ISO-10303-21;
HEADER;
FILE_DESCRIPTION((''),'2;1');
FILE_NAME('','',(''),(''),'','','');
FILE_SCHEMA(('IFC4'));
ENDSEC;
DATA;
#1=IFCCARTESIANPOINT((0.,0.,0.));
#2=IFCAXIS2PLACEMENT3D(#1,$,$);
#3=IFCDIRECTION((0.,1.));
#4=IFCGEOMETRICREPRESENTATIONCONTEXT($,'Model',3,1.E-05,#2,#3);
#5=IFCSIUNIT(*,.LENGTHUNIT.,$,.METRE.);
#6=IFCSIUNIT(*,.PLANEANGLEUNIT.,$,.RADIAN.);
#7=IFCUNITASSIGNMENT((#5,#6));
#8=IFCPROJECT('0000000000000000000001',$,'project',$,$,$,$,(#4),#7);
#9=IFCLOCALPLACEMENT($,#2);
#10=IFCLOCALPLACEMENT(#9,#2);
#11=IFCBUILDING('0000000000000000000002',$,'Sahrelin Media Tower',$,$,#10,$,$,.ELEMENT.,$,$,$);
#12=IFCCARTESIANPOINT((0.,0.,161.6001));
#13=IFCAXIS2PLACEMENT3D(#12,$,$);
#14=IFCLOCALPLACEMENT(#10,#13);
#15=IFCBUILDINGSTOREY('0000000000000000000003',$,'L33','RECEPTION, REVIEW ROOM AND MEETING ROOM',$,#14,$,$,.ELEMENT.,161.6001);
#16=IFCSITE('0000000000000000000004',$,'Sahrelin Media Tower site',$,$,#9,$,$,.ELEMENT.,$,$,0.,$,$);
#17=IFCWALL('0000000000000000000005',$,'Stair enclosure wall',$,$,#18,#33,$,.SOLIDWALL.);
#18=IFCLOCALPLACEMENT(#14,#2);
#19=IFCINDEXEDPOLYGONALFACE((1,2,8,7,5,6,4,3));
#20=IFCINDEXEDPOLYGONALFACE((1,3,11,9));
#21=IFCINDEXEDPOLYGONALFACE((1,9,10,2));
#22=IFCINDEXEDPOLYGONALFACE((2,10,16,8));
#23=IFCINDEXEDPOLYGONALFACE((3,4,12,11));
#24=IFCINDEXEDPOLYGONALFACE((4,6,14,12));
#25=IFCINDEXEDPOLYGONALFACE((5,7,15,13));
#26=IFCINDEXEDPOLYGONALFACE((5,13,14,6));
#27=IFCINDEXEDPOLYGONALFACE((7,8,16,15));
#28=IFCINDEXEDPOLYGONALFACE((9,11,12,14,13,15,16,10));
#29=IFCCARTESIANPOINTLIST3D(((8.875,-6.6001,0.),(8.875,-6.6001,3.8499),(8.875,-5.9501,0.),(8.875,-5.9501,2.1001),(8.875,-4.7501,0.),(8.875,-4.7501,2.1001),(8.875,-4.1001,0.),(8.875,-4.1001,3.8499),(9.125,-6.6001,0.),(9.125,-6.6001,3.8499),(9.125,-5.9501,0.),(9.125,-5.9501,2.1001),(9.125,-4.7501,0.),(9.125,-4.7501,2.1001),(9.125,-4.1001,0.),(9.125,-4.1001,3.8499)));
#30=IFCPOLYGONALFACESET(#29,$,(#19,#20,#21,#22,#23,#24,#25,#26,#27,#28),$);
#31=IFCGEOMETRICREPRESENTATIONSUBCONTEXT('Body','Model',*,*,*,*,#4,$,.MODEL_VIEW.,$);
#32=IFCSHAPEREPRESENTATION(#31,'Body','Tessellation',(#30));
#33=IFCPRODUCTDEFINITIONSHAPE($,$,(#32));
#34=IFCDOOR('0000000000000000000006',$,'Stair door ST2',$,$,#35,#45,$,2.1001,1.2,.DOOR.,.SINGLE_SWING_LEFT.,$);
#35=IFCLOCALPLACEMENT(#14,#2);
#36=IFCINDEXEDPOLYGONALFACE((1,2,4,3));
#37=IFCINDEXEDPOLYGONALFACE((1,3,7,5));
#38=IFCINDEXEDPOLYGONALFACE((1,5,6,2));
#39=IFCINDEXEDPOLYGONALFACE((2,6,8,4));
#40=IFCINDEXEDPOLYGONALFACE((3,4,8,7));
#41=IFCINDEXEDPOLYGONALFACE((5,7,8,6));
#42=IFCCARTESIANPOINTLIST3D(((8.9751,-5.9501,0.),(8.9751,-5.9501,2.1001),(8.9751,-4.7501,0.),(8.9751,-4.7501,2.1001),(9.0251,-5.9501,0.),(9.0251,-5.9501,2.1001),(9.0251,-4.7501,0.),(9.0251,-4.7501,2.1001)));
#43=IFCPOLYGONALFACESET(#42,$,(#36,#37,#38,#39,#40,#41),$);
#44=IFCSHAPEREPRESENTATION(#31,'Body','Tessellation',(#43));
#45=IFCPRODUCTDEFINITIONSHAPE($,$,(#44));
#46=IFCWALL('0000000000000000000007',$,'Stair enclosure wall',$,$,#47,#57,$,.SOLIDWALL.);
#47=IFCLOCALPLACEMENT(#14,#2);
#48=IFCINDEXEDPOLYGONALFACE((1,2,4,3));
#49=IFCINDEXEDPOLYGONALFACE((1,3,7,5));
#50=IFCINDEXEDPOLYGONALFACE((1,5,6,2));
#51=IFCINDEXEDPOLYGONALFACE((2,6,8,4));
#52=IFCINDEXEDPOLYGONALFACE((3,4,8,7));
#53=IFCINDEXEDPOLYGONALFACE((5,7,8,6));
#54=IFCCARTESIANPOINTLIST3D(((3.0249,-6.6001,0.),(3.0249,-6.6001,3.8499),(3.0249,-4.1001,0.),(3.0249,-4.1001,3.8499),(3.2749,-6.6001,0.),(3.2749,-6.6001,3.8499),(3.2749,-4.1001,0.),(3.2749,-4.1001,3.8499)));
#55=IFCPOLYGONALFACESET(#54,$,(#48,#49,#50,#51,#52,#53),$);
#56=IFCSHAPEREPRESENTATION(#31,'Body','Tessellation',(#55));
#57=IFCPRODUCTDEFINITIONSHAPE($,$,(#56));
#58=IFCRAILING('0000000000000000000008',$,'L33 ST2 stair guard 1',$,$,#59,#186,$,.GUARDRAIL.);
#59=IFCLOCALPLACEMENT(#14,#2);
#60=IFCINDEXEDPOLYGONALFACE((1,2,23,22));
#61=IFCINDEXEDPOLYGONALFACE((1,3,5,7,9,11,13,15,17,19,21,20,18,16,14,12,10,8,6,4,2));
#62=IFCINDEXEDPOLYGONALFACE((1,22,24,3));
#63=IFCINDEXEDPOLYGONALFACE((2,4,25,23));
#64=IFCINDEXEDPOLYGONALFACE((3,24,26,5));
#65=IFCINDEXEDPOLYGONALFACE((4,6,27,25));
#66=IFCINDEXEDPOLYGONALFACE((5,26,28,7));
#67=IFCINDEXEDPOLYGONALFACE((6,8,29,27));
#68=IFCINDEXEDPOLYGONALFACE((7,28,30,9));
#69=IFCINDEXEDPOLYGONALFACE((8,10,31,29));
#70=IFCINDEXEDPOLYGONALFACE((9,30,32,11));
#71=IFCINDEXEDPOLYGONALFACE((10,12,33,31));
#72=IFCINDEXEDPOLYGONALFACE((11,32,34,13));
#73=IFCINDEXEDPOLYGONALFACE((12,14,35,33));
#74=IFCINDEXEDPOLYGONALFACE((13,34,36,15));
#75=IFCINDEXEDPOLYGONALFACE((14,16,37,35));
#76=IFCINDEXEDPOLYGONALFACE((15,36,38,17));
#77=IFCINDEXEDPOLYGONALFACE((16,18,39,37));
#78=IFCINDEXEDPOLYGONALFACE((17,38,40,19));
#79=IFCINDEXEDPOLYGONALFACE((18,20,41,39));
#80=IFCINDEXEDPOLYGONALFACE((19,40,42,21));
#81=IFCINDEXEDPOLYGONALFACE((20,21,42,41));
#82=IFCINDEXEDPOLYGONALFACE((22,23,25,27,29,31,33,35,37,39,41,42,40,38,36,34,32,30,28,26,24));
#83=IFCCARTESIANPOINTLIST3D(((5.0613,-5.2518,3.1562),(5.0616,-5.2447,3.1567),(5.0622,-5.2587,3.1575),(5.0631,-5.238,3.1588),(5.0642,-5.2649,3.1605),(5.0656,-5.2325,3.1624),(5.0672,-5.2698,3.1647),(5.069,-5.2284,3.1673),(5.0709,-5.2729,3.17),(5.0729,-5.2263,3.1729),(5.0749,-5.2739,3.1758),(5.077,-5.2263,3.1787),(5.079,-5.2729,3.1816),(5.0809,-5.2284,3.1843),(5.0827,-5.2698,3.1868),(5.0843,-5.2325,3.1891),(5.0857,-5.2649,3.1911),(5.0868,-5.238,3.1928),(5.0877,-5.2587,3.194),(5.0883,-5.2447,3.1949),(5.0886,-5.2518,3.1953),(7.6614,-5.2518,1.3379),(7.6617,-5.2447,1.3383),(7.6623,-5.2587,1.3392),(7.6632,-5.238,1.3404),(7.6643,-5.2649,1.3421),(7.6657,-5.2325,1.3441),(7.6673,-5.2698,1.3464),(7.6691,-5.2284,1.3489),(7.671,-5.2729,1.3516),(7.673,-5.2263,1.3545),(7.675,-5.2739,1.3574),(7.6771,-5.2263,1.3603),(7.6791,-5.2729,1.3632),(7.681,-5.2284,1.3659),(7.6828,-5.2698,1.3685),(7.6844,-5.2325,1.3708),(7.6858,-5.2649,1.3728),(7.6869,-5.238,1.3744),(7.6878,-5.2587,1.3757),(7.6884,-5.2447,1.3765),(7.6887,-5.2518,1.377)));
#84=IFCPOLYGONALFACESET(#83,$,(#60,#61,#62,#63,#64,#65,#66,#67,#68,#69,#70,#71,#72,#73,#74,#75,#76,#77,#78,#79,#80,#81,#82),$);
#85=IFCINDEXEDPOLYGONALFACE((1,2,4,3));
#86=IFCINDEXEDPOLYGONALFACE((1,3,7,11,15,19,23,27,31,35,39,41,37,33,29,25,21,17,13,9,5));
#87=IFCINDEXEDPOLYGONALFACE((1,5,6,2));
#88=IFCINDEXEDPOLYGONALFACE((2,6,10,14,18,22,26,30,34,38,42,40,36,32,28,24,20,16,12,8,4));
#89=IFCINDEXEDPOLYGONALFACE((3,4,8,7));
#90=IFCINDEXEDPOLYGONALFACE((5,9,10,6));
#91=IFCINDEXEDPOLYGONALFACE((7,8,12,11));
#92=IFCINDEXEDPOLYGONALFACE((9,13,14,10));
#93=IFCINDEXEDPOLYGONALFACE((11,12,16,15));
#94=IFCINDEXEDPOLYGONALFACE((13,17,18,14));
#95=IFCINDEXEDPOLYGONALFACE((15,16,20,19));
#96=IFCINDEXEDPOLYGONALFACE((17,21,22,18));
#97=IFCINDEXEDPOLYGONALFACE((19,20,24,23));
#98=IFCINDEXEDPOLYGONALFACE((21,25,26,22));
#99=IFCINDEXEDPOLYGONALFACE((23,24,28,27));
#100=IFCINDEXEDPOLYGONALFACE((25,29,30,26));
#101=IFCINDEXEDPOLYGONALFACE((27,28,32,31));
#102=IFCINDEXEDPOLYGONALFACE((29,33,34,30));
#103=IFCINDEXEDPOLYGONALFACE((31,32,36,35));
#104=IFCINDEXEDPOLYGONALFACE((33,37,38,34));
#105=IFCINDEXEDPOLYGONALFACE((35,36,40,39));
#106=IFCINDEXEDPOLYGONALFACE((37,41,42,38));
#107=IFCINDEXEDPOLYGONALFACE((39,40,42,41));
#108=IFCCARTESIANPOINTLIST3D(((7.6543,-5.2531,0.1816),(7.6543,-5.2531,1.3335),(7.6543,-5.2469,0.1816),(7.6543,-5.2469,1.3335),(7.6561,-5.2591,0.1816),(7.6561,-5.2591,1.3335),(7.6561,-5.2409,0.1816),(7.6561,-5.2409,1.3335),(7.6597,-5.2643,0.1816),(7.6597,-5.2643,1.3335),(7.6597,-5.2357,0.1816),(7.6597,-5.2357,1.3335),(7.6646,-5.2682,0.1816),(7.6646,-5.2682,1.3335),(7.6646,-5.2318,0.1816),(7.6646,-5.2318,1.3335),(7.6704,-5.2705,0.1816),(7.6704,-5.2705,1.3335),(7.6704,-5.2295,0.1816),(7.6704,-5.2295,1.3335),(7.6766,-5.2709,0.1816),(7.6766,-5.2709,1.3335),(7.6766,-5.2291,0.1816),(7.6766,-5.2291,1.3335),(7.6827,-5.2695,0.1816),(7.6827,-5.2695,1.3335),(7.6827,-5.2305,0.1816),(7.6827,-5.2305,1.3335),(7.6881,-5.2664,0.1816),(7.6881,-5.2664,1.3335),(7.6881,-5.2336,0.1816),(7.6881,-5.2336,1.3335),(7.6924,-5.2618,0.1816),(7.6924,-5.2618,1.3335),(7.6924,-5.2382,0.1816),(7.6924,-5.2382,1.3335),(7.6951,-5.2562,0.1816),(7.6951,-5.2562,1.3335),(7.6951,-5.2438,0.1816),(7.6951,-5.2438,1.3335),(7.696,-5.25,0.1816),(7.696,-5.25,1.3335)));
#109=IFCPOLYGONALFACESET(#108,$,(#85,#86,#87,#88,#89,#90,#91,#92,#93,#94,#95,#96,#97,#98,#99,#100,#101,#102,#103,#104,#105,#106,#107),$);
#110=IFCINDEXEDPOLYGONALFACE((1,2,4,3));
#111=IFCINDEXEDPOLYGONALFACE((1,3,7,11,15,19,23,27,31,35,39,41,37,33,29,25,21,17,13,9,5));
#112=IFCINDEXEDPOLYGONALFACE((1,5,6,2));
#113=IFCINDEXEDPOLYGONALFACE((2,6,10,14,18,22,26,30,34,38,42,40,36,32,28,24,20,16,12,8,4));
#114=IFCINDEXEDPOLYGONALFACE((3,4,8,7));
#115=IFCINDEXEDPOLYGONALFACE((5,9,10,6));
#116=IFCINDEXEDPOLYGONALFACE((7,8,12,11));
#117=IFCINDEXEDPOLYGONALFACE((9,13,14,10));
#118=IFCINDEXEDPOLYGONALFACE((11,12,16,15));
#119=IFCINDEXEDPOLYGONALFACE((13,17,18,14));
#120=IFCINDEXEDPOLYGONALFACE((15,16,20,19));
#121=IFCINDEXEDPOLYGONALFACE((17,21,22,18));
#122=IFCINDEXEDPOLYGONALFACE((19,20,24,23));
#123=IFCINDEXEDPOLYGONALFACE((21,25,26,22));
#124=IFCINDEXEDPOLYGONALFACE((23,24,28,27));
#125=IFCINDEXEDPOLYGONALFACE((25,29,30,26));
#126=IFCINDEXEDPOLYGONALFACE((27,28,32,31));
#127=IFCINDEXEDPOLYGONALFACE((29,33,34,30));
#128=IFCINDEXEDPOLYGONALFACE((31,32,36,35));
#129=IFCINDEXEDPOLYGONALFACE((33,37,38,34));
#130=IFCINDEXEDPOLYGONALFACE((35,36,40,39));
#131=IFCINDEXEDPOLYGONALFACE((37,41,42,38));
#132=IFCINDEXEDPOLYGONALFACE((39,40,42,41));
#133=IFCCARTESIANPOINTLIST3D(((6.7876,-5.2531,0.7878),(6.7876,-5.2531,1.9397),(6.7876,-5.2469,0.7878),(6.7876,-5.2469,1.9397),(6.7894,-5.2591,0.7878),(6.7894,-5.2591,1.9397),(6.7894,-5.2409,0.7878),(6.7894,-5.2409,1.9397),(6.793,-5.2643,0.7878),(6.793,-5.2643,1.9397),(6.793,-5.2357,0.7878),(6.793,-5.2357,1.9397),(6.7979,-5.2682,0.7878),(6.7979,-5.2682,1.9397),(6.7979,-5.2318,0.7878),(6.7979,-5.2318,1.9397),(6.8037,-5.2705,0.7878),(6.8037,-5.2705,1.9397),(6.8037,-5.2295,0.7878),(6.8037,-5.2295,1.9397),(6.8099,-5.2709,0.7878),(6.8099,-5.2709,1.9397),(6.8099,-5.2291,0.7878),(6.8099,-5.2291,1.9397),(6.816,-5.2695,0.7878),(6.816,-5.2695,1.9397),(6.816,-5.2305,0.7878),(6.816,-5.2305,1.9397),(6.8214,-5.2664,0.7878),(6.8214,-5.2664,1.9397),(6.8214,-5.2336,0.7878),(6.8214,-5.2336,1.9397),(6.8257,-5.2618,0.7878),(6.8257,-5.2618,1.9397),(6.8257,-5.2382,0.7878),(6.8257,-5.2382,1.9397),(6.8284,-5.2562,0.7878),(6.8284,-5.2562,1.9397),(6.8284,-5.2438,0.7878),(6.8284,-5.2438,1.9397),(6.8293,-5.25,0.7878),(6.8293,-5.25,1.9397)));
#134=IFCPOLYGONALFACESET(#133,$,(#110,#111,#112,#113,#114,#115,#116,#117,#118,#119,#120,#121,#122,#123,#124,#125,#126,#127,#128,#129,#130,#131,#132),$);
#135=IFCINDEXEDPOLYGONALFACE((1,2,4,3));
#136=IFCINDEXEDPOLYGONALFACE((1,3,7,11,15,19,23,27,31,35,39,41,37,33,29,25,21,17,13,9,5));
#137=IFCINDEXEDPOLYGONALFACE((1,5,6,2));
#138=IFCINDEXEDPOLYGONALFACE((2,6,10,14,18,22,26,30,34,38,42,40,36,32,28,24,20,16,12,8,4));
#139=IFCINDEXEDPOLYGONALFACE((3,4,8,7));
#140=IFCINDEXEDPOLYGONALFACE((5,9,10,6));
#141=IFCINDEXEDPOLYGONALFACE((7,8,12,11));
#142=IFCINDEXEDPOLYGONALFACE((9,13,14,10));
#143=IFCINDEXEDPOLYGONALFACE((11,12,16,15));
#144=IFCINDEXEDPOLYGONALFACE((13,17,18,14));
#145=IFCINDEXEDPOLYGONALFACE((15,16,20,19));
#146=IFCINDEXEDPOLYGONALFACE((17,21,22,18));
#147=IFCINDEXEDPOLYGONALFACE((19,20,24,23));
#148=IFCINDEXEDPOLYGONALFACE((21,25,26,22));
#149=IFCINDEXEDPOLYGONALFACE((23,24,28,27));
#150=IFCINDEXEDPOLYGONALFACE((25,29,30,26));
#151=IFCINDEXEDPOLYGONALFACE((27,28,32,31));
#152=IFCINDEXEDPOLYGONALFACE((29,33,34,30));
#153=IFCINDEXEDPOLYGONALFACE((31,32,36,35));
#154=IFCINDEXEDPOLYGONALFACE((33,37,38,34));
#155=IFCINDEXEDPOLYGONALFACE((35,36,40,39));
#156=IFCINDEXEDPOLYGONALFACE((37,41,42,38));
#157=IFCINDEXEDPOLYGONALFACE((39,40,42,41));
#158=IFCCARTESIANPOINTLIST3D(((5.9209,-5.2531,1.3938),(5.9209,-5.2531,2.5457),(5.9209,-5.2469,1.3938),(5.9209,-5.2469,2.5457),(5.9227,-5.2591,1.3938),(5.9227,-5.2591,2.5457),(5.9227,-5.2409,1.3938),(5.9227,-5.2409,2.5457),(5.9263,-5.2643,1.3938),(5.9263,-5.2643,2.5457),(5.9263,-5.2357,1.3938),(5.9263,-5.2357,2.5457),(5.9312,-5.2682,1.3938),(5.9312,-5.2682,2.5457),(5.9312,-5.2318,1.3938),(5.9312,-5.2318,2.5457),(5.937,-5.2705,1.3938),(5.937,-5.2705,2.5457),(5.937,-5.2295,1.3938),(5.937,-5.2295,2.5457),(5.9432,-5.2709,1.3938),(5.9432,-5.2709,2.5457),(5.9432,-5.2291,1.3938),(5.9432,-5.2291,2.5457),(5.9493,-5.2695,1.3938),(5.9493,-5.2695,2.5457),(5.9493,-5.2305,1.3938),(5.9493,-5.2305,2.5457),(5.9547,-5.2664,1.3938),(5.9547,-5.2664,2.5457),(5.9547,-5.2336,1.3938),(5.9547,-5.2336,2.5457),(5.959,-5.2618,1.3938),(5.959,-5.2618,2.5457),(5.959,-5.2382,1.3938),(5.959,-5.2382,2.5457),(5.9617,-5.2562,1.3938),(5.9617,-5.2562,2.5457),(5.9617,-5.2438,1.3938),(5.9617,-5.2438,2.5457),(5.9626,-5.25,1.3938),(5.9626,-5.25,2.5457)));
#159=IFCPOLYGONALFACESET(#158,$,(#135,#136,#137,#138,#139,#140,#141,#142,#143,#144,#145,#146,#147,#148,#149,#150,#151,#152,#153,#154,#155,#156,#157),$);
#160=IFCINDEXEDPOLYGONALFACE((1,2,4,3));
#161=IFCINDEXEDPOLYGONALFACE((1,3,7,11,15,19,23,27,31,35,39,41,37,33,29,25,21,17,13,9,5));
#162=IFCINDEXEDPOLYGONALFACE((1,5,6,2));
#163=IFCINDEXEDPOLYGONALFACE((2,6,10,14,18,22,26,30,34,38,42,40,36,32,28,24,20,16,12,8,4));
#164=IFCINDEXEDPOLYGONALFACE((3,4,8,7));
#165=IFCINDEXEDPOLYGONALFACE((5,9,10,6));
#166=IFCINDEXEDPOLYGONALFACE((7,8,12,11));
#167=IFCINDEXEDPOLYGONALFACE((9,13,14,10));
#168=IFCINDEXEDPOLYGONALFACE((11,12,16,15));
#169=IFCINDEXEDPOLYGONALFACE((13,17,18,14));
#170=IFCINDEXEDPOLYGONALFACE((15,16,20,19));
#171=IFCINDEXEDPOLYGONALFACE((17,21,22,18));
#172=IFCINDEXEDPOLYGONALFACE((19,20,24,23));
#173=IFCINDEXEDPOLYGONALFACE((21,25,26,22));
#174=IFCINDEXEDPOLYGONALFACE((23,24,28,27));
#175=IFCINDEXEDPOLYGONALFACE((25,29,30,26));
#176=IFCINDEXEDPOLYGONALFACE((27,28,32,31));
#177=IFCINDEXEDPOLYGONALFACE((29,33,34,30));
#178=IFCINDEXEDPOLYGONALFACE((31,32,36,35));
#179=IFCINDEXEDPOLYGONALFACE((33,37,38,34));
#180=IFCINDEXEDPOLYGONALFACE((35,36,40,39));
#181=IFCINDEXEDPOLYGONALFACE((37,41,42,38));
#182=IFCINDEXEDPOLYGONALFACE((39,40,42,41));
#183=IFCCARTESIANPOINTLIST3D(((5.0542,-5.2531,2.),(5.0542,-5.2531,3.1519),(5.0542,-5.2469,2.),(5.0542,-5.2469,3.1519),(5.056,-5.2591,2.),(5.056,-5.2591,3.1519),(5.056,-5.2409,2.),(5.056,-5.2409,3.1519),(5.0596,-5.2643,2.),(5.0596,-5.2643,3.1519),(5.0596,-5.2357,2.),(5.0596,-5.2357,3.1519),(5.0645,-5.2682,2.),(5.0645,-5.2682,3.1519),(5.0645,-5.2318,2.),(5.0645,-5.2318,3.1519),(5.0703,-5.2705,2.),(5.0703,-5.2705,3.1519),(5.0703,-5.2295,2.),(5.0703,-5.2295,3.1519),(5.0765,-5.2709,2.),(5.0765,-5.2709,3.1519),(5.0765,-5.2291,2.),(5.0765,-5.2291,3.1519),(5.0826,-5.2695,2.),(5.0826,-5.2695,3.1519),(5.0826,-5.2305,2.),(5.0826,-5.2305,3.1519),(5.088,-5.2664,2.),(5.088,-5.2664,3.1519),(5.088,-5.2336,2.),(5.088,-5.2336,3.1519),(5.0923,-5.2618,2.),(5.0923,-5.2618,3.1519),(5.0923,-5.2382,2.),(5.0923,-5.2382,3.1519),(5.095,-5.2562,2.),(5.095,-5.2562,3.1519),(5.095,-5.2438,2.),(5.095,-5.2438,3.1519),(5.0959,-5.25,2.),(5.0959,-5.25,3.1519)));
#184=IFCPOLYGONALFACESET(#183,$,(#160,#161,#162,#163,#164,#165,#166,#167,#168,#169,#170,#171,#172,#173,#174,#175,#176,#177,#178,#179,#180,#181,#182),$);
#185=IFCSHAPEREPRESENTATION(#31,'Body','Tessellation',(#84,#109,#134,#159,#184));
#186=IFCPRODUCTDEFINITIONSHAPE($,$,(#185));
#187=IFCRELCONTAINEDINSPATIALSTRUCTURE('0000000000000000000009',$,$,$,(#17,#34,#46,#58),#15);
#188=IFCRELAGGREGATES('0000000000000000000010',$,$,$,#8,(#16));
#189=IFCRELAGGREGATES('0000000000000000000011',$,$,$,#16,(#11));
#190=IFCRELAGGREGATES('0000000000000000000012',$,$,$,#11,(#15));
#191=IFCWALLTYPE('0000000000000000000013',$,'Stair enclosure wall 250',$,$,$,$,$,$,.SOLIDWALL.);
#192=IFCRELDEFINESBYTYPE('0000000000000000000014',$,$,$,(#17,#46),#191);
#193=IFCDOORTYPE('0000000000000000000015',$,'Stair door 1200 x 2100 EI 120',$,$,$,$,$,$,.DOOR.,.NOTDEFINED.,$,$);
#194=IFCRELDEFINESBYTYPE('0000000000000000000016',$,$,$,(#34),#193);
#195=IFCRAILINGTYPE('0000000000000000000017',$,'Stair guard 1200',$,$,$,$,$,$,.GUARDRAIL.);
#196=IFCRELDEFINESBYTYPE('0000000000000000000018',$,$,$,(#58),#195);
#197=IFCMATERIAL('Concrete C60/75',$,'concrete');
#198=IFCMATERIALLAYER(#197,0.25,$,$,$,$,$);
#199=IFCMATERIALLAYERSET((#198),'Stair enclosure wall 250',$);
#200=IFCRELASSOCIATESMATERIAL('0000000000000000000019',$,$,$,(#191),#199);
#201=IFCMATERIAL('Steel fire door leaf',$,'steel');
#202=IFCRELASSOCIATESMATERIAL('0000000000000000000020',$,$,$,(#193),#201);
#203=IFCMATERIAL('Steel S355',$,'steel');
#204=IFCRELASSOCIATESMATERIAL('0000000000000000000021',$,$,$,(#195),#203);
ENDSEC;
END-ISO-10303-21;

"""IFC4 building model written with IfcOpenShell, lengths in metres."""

from ifc_helpers import new_model, si_unit, direction, frame, frame_2d, origin, origin_2d, place, context, subcontext, project, spatial, rectangle, circle, extrude, material, layer, layer_set, type_object, element, fill, save


model = new_model("IFC4")

# Units and contexts
model_context = context("Model", 3, precision=1e-05, world=origin(), true_north=direction((0.0, 1.0)))
body_context = subcontext(model_context, "Body", "Model", "MODEL_VIEW")
ifc_project = project(units=[si_unit("LENGTHUNIT", "METRE"), si_unit("PLANEANGLEUNIT", "RADIAN")], contexts=[model_context])

# Site, building, storey
site_placement = place(None, origin())
site = spatial("IfcSite", under=ifc_project, at=site_placement, Name="Sahrelin Media Tower site", CompositionType="ELEMENT", RefElevation=0.0)
building_placement = place(site_placement, origin())
building = spatial("IfcBuilding", under=site, at=building_placement, Name="Sahrelin Media Tower", CompositionType="ELEMENT")
storey_placement = place(building_placement, frame((0.0, 0.0, 161.6001)))
storey = spatial("IfcBuildingStorey", under=building, at=storey_placement, Name="L33", Description="RECEPTION, REVIEW ROOM AND MEETING ROOM", CompositionType="ELEMENT", Elevation=161.6001)

# Shared definitions
ifc_material_1 = material(Name="Steel S355", Category="steel")

# Shared definitions
ifc_material_2 = material(Name="Concrete C60/75", Category="concrete")

# Shared definitions
ifc_material_3 = material(Name="Steel fire door leaf", Category="steel")

# Wall, opening, door
ifc_layer_1 = layer(ifc_material_2, 0.25)
ifc_layer_set_1 = layer_set([ifc_layer_1], Name="Stair enclosure wall 250")
wall_type_1 = type_object("IfcWallType", Name="Stair enclosure wall 250", PredefinedType="SOLIDWALL", material=ifc_layer_set_1)
wall_1_placement = place(storey_placement, frame((9.0, -6.6001, 0.0), z_axis=(0.0, 0.0, 1.0), x_axis=(0.0, 1.0, 0.0)))
wall_1 = element("IfcWall", 1, at=wall_1_placement, inside=storey, type_object=wall_type_1, Name="Stair enclosure wall", PredefinedType="SOLIDWALL", context=body_context, shape_type="SweptSolid", body=[
    extrude(rectangle(XDim=2.5, YDim=0.25, at=frame_2d((1.25, 0.0))), origin(), (0.0, 0.0, 1.0), 3.8499),
])
opening_1_placement = place(wall_1_placement, frame((0.6499, 0.0, 0.0)))
opening_1 = element("IfcOpeningElement", 2, at=opening_1_placement, cuts=wall_1, PredefinedType="OPENING", context=body_context, shape_type="SweptSolid", body=[
    extrude(rectangle(XDim=1.2, YDim=2.1001, at=frame_2d((0.6001, 1.05))), frame((0.0, 0.125, 0.0), z_axis=(0.0, -1.0, 0.0), x_axis=(1.0, 0.0, 0.0)), (0.0, 0.0, 1.0), 0.25),
])
door_type_1 = type_object("IfcDoorType", Name="Stair door 1200 x 2100 EI 120", OperationType="NOTDEFINED", PredefinedType="DOOR", material=ifc_material_3)
door_1_placement = place(opening_1_placement, origin())
door_1 = element("IfcDoor", 3, at=door_1_placement, inside=storey, type_object=door_type_1, Name="Stair door ST2", OperationType="SINGLE_SWING_LEFT", OverallHeight=2.1001, OverallWidth=1.2, PredefinedType="DOOR", context=body_context, shape_type="SweptSolid", body=[
    extrude(rectangle(XDim=1.2, YDim=2.1001, at=frame_2d((0.6001, 1.05))), frame((0.0, 0.0249, 0.0), z_axis=(0.0, -1.0, 0.0), x_axis=(1.0, 0.0, 0.0)), (0.0, 0.0, 1.0), 0.05),
])
fill(opening_1, door_1)

# Wall
wall_2_placement = place(storey_placement, frame((3.1499, -6.6001, 0.0), z_axis=(0.0, 0.0, 1.0), x_axis=(0.0, 1.0, 0.0)))
element("IfcWall", 4, at=wall_2_placement, inside=storey, type_object=wall_type_1, Name="Stair enclosure wall", PredefinedType="SOLIDWALL", context=body_context, shape_type="SweptSolid", body=[
    extrude(rectangle(XDim=2.5, YDim=0.25, at=frame_2d((1.25, 0.0))), origin(), (0.0, 0.0, 1.0), 3.8499),
])

# Railing
railing_type_1 = type_object("IfcRailingType", Name="Stair guard 1200", PredefinedType="GUARDRAIL", material=ifc_material_1)
railing_1_placement = place(storey_placement, frame((7.675, -5.25, 0.1816)))
element("IfcRailing", 5, at=railing_1_placement, inside=storey, type_object=railing_type_1, Name="L33 ST2 stair guard 1", PredefinedType="GUARDRAIL", context=body_context, shape_type="SweptSolid", body=[
    extrude(circle(Radius=0.0239, at=origin_2d()), frame((0.0, 0.0, 1.1758), z_axis=(-0.819485, 0.0, 0.573101), x_axis=(0.0, -1.0, 0.0)), (0.0, 0.0, 1.0), 3.1729),
    extrude(circle(Radius=0.021, at=origin_2d()), origin(), (0.0, 0.0, 1.0), 1.1519),
    extrude(circle(Radius=0.021, at=origin_2d()), frame((-0.8667, 0.0, 0.6062)), (0.0, 0.0, 1.0), 1.1519),
    extrude(circle(Radius=0.021, at=origin_2d()), frame((-1.7334, 0.0, 1.2122)), (0.0, 0.0, 1.0), 1.1519),
    extrude(circle(Radius=0.021, at=origin_2d()), frame((-2.6001, 0.0, 1.8184)), (0.0, 0.0, 1.0), 1.1519),
])

save(model, "model.ifc")
